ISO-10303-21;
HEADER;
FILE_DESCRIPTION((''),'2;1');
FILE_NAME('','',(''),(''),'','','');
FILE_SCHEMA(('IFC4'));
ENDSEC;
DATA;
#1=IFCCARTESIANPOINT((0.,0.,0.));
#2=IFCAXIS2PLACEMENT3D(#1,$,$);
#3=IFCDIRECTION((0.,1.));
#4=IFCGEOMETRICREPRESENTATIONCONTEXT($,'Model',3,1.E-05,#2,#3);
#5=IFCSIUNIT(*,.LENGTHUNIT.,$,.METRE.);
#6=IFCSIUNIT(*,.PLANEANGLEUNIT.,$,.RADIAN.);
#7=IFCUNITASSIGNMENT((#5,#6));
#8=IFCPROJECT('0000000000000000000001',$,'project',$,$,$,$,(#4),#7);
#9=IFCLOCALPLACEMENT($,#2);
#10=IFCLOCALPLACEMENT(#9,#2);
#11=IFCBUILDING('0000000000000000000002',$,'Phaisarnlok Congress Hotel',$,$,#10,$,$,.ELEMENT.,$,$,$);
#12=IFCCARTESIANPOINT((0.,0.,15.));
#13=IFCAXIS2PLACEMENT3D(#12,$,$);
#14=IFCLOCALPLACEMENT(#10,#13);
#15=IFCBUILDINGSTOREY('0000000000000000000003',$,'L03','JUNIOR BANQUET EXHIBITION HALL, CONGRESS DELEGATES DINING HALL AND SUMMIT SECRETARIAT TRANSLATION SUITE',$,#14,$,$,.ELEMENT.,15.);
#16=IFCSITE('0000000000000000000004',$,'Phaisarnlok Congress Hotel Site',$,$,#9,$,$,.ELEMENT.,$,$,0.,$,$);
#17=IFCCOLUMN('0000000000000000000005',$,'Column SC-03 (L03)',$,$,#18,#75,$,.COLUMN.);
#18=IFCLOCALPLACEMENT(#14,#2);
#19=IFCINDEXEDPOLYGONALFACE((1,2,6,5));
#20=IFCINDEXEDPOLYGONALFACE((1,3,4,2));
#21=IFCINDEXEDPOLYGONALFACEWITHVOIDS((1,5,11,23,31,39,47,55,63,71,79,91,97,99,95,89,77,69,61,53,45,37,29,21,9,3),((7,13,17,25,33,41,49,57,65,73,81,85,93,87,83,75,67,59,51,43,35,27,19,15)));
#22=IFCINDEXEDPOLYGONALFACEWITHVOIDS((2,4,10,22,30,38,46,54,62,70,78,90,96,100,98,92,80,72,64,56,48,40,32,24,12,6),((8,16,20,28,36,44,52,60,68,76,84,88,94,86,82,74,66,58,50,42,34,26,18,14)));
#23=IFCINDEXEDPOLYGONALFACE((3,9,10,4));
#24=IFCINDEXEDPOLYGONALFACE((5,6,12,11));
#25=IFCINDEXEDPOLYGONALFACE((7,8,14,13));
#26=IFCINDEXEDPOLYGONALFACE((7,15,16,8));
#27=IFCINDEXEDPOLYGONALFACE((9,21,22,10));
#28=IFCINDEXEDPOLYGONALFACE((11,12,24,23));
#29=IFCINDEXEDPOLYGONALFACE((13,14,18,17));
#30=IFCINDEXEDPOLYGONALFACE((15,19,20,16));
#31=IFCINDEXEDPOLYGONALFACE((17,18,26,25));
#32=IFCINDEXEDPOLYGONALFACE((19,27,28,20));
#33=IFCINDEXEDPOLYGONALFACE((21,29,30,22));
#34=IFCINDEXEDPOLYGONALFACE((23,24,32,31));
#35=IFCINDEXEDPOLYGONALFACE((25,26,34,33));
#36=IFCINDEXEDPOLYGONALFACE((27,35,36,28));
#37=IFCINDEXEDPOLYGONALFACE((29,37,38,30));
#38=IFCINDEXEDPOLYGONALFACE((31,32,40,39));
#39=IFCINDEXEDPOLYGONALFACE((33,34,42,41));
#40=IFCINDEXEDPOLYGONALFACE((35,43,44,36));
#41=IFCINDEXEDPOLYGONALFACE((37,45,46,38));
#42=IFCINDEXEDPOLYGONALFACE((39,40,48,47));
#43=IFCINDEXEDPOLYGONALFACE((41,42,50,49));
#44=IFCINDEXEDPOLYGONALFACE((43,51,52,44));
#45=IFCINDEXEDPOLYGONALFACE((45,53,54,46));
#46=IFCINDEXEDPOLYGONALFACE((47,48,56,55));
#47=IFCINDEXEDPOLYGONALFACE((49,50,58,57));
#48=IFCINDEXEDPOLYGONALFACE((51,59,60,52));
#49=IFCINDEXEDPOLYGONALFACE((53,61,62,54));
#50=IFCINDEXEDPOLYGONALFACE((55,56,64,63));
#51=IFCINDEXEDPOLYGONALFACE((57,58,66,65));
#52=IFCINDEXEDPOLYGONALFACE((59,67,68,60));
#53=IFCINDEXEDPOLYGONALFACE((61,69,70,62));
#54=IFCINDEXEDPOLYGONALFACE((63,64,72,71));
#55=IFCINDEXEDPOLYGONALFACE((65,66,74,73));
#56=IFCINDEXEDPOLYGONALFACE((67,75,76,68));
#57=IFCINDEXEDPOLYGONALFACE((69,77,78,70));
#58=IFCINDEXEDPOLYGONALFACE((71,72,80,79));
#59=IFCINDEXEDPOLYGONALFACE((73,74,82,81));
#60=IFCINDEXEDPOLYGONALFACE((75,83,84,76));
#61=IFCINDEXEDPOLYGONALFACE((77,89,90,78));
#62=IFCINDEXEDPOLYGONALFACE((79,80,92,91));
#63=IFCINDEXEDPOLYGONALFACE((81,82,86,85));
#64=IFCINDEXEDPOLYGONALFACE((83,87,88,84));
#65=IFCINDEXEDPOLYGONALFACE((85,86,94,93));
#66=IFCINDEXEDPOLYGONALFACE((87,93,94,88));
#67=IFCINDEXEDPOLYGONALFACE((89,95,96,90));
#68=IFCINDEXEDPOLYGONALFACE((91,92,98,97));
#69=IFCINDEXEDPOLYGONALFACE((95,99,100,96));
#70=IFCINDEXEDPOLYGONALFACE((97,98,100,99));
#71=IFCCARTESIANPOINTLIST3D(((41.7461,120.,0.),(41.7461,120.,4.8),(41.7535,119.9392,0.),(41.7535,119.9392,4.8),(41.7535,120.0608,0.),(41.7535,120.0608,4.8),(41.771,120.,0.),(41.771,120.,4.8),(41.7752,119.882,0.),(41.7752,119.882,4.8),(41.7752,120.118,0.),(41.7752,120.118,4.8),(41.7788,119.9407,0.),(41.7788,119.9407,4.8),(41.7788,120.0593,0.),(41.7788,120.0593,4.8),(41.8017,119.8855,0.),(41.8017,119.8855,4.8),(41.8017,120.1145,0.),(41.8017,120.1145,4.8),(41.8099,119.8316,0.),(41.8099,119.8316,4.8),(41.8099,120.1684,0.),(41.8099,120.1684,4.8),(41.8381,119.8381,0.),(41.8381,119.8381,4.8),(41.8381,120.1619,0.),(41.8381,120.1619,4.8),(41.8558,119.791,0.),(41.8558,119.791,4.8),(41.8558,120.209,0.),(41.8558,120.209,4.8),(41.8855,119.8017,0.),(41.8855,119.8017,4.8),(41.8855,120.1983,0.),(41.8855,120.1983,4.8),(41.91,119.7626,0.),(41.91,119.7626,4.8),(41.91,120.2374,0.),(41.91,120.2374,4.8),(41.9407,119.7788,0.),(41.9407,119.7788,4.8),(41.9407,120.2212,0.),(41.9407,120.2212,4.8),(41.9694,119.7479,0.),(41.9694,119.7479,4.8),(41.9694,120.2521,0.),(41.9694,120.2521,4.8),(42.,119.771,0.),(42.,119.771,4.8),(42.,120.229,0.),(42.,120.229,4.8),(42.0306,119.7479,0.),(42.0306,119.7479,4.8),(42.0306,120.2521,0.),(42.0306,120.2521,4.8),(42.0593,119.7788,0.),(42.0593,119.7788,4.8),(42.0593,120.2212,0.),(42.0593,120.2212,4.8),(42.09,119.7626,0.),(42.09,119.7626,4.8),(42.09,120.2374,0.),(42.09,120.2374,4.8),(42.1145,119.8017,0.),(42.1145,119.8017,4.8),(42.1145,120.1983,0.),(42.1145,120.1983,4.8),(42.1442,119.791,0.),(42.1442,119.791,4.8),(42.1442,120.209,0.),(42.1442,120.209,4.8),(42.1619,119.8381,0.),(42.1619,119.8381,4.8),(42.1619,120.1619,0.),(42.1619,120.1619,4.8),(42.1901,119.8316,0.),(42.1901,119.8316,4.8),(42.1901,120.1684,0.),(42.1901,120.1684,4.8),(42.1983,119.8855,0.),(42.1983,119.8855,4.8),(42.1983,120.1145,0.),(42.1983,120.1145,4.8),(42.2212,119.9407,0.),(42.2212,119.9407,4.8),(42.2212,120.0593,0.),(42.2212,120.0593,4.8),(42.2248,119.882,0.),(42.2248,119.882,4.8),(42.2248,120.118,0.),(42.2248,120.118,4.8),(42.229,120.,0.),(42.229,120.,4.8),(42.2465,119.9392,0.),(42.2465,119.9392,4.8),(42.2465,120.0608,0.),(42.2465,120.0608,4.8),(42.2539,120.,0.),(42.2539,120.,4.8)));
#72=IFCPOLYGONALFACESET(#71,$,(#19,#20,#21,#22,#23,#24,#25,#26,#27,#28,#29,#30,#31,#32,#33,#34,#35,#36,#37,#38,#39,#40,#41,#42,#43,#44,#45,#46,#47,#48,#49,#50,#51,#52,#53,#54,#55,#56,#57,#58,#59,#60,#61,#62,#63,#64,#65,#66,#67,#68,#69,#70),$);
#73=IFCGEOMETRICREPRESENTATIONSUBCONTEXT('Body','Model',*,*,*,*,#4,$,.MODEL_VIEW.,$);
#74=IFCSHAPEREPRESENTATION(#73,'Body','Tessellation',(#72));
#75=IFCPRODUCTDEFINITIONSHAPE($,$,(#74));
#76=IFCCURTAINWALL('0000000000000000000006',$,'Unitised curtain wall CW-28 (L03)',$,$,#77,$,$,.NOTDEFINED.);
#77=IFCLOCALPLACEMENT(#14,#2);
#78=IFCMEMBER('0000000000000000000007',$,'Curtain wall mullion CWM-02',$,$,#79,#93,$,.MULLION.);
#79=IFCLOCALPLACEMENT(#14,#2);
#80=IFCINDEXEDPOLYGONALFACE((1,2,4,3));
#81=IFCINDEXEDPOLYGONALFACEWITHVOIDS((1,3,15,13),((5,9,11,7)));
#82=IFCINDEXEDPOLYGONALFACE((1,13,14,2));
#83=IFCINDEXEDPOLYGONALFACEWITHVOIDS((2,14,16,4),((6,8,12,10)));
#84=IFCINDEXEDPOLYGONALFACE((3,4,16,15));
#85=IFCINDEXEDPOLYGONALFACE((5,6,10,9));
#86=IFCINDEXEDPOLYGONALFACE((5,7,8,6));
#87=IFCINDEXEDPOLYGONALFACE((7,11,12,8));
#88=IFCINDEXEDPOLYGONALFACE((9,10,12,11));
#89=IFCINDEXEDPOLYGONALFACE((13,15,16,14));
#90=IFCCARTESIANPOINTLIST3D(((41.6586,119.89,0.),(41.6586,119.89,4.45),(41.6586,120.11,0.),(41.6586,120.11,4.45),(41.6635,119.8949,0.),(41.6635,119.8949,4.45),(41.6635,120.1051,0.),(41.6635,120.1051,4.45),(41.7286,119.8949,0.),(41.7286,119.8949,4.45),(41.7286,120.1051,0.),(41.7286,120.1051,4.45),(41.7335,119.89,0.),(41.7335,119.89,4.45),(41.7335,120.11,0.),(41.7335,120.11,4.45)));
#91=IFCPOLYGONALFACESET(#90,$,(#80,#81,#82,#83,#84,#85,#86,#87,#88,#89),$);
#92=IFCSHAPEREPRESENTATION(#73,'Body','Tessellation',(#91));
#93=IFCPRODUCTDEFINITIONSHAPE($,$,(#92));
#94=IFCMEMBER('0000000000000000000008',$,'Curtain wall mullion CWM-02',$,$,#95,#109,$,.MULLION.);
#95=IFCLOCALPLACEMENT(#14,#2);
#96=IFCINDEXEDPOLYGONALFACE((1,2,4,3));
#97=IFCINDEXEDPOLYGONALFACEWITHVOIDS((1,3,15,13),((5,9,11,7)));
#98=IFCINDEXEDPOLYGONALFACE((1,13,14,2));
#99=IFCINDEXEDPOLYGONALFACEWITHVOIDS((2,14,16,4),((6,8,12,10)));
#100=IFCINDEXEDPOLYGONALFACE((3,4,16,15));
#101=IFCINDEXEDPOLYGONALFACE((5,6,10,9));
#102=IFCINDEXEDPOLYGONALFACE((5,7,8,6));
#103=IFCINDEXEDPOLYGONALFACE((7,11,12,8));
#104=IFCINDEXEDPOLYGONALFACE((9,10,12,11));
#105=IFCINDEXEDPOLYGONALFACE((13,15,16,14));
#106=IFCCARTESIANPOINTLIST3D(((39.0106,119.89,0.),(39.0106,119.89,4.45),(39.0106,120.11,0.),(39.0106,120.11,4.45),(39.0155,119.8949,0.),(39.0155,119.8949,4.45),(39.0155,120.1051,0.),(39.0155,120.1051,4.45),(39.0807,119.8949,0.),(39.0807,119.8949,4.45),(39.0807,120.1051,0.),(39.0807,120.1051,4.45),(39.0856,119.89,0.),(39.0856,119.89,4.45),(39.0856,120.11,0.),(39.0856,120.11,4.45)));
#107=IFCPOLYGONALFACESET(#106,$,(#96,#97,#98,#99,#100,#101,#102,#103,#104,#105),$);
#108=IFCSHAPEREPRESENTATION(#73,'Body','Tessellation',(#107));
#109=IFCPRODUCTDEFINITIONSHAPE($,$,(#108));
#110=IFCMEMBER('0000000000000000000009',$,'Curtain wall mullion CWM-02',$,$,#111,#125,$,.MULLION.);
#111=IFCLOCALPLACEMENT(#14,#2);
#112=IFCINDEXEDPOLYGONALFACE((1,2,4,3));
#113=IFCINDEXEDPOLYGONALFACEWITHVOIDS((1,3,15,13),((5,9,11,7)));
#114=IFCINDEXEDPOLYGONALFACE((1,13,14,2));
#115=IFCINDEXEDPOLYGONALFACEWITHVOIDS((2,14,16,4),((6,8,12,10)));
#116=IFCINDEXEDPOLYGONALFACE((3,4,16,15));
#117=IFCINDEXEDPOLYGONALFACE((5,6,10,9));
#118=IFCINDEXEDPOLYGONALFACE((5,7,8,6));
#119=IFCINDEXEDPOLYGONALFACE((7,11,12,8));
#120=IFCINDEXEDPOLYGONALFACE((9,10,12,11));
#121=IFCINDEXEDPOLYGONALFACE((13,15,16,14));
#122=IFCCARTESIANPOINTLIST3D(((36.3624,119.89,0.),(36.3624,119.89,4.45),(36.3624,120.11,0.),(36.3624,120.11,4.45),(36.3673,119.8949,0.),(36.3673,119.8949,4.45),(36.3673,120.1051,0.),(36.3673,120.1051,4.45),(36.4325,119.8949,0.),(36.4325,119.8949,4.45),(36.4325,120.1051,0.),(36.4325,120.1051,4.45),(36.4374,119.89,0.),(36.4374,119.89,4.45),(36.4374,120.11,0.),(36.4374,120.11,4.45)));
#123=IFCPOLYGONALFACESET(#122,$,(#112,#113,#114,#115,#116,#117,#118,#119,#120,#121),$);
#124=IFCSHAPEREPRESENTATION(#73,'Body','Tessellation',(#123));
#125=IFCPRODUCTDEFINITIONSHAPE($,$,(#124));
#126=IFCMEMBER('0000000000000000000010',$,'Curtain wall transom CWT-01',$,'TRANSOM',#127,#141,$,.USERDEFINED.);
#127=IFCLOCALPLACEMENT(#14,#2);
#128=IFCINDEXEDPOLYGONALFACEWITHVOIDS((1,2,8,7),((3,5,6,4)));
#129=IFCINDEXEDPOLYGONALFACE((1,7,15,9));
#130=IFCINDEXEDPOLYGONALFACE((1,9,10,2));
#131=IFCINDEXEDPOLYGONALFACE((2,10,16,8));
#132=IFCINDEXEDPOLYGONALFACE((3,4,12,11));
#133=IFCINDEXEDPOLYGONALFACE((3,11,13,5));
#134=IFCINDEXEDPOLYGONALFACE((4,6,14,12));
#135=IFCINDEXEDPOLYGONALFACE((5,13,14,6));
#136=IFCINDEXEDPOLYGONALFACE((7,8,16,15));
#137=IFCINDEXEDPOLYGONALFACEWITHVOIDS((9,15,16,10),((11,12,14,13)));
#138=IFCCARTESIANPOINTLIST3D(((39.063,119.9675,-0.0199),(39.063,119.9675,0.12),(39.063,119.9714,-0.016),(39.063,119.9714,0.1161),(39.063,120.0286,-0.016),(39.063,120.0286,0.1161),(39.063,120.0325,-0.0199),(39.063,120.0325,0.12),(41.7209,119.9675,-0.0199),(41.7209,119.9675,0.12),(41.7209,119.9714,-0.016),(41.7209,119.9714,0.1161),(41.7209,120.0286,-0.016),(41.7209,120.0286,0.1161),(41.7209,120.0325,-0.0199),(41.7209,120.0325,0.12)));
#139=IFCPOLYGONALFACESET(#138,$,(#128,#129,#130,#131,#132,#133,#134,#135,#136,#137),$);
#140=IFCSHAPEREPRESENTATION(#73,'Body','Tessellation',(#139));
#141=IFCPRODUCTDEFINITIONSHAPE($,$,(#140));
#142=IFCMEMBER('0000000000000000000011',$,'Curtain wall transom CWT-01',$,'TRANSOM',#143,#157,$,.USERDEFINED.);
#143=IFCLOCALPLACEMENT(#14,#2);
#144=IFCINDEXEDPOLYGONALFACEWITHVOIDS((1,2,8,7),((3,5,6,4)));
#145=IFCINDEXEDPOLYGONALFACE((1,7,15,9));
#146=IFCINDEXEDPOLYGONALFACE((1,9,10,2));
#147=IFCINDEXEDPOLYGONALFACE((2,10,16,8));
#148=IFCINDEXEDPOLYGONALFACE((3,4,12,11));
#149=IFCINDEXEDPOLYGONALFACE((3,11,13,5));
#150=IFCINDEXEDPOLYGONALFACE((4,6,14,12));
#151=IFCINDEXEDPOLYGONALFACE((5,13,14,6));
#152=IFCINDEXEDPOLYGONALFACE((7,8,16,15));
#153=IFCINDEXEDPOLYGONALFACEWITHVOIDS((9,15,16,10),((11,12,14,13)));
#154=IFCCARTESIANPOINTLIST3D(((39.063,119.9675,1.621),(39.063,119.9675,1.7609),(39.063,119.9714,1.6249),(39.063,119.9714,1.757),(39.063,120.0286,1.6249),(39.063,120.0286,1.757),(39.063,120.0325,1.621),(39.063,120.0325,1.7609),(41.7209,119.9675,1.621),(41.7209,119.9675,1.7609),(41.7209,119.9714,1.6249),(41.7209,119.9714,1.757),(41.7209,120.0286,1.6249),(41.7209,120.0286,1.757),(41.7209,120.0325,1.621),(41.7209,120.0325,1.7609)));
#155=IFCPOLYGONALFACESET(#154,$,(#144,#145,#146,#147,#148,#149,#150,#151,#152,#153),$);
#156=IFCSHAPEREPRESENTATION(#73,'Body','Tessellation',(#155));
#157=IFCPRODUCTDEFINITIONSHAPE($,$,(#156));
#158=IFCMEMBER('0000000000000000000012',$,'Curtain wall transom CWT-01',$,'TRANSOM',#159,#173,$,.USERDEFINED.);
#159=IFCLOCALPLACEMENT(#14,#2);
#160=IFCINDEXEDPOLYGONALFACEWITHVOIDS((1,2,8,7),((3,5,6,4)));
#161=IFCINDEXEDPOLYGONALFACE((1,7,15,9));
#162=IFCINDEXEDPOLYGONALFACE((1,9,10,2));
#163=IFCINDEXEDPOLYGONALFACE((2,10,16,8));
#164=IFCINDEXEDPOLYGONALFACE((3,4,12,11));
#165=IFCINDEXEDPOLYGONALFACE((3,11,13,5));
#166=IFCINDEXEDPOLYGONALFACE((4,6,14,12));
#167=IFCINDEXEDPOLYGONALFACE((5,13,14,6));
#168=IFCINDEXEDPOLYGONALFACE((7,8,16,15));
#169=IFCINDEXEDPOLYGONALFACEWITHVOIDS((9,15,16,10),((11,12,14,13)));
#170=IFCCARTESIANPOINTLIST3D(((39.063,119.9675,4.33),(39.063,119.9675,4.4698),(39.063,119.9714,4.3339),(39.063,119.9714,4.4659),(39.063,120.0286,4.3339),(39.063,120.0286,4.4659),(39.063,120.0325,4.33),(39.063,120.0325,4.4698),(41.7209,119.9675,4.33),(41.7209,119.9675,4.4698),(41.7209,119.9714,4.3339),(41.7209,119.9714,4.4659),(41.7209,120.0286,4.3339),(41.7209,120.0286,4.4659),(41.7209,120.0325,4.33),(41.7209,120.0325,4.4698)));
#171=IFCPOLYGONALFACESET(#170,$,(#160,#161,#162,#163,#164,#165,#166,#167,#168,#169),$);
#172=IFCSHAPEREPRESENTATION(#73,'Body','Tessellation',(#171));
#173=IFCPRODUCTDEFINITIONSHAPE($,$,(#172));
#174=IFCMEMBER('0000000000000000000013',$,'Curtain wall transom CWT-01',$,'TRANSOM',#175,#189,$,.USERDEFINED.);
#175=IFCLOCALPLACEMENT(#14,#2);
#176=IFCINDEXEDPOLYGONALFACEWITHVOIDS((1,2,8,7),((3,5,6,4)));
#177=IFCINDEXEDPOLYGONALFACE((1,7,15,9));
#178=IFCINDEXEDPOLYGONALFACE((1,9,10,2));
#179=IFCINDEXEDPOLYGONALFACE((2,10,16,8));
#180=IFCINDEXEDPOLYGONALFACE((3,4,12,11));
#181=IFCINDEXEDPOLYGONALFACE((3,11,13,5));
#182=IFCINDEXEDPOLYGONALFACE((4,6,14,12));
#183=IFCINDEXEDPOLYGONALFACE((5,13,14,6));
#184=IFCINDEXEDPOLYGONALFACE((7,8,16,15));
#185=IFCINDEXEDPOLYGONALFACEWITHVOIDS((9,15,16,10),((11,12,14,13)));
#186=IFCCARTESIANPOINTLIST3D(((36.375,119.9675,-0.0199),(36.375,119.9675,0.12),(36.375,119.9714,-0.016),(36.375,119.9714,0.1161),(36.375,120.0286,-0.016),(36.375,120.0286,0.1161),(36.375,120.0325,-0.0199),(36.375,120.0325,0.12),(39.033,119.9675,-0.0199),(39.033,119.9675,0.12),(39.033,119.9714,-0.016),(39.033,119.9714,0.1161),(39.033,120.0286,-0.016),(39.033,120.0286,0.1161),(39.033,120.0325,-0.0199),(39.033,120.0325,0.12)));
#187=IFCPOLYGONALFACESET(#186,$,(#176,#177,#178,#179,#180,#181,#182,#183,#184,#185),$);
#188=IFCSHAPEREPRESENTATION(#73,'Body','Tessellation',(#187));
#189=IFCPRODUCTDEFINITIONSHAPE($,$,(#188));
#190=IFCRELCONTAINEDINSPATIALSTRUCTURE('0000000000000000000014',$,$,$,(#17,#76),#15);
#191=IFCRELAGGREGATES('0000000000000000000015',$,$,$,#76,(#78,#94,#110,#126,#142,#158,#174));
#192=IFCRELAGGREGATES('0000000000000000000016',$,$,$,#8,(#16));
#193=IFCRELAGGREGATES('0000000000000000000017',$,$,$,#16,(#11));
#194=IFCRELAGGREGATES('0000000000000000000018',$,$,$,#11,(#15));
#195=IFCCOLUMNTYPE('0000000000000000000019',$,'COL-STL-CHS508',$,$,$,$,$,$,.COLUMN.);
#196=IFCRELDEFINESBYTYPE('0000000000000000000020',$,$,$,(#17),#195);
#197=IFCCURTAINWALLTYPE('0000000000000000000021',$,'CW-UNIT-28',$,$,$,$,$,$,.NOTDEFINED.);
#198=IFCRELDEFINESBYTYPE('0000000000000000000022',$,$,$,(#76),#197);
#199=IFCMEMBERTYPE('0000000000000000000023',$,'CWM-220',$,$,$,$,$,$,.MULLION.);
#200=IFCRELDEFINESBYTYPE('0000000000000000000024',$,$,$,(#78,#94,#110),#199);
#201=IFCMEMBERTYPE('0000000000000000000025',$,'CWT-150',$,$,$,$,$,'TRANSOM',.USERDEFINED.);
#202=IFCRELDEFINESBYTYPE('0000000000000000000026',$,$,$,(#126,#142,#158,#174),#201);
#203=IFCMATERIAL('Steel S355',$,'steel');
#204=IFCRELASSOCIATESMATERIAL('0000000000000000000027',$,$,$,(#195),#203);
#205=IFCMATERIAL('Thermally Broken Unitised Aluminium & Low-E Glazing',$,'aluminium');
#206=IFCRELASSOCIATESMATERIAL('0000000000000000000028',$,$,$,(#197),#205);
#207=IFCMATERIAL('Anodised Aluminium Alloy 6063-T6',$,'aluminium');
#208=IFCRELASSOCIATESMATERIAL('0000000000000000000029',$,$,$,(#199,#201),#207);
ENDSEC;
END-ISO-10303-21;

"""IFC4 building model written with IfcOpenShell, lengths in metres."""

from ifc_helpers import new_model, si_unit, direction, frame, origin, origin_2d, place, context, subcontext, project, spatial, hollow_rectangle, hollow_circle, extrude, material, material_profile, profile_set, type_object, element, aggregate, save


model = new_model("IFC4")

# Units and contexts
model_context = context("Model", 3, precision=1e-05, world=origin(), true_north=direction((0.0, 1.0)))
body_context = subcontext(model_context, "Body", "Model", "MODEL_VIEW")
ifc_project = project(units=[si_unit("LENGTHUNIT", "METRE"), si_unit("PLANEANGLEUNIT", "RADIAN")], contexts=[model_context])

# Site, building, storey
site_placement = place(None, origin())
site = spatial("IfcSite", under=ifc_project, at=site_placement, Name="Phaisarnlok Congress Hotel Site", CompositionType="ELEMENT", RefElevation=0.0)
building_placement = place(site_placement, origin())
building = spatial("IfcBuilding", under=site, at=building_placement, Name="Phaisarnlok Congress Hotel", CompositionType="ELEMENT")
storey_placement = place(building_placement, frame((0.0, 0.0, 15.0)))
storey = spatial("IfcBuildingStorey", under=building, at=storey_placement, Name="L03", Description="JUNIOR BANQUET EXHIBITION HALL, CONGRESS DELEGATES DINING HALL AND SUMMIT SECRETARIAT TRANSLATION SUITE", CompositionType="ELEMENT", Elevation=15.0)

# Column
ifc_material_1 = material(Name="Steel S355", Category="steel")
ifc_material_profile_1 = material_profile(ifc_material_1, hollow_circle(Radius=0.2539, WallThickness=0.0249, at=origin_2d()), Name="CHS 508x25")
ifc_profile_set_1 = profile_set([ifc_material_profile_1], Name="Steel S355")
column_type = type_object("IfcColumnType", Name="COL-STL-CHS508", PredefinedType="COLUMN", material=ifc_profile_set_1)
column_placement = place(storey_placement, frame((42.0, 120.0, 0.0), z_axis=(0.0, 0.0, 1.0), x_axis=(1.0, 0.0, 0.0)))
element("IfcColumn", 1, at=column_placement, inside=storey, type_object=column_type, Name="Column SC-03 (L03)", PredefinedType="COLUMN", context=body_context, shape_type="SweptSolid", body=[
    extrude(hollow_circle(Radius=0.2539, WallThickness=0.0249, at=origin_2d()), origin(), (0.0, 0.0, 1.0), 4.8),
])

# Curtain wall, members
ifc_material_2 = material(Name="Thermally Broken Unitised Aluminium & Low-E Glazing", Category="aluminium")
curtain_wall_type = type_object("IfcCurtainWallType", Name="CW-UNIT-28", PredefinedType="NOTDEFINED", material=ifc_material_2)
curtain_wall_placement = place(storey_placement, origin())
curtain_wall = element("IfcCurtainWall", 2, at=curtain_wall_placement, inside=storey, type_object=curtain_wall_type, Name="Unitised curtain wall CW-28 (L03)", PredefinedType="NOTDEFINED")
ifc_material_3 = material(Name="Anodised Aluminium Alloy 6063-T6", Category="aluminium")
ifc_material_profile_2 = material_profile(ifc_material_3, hollow_rectangle(XDim=0.075, YDim=0.22, WallThickness=0.0049, at=origin_2d()), Name="ALU-M 75x220x5")
ifc_profile_set_2 = profile_set([ifc_material_profile_2], Name="Anodised Aluminium Alloy 6063-T6")
member_type_1 = type_object("IfcMemberType", Name="CWM-220", PredefinedType="MULLION", material=ifc_profile_set_2)
member_1_placement = place(storey_placement, frame((41.696, 120.0, 0.0), z_axis=(0.0, 0.0, 1.0), x_axis=(-1.0, 0.0, 0.0)))
member_1 = element("IfcMember", 3, at=member_1_placement, type_object=member_type_1, Name="Curtain wall mullion CWM-02", PredefinedType="MULLION", context=body_context, shape_type="SweptSolid", body=[
    extrude(hollow_rectangle(XDim=0.075, YDim=0.22, WallThickness=0.0049, at=origin_2d()), origin(), (0.0, 0.0, 1.0), 4.45),
])
member_2_placement = place(storey_placement, frame((39.0481, 120.0, 0.0), z_axis=(0.0, 0.0, 1.0), x_axis=(-1.0, 0.0, 0.0)))
member_2 = element("IfcMember", 4, at=member_2_placement, type_object=member_type_1, Name="Curtain wall mullion CWM-02", PredefinedType="MULLION", context=body_context, shape_type="SweptSolid", body=[
    extrude(hollow_rectangle(XDim=0.075, YDim=0.22, WallThickness=0.0049, at=origin_2d()), origin(), (0.0, 0.0, 1.0), 4.45),
])
member_3_placement = place(storey_placement, frame((36.3999, 120.0, 0.0), z_axis=(0.0, 0.0, 1.0), x_axis=(-1.0, 0.0, 0.0)))
member_3 = element("IfcMember", 5, at=member_3_placement, type_object=member_type_1, Name="Curtain wall mullion CWM-02", PredefinedType="MULLION", context=body_context, shape_type="SweptSolid", body=[
    extrude(hollow_rectangle(XDim=0.075, YDim=0.22, WallThickness=0.0049, at=origin_2d()), origin(), (0.0, 0.0, 1.0), 4.45),
])
ifc_material_profile_3 = material_profile(ifc_material_3, hollow_rectangle(XDim=0.0649, YDim=0.1399, WallThickness=0.0039, at=origin_2d()), Name="ALU-T 65x140x4")
ifc_profile_set_3 = profile_set([ifc_material_profile_3], Name="Anodised Aluminium Alloy 6063-T6")
member_type_2 = type_object("IfcMemberType", Name="CWT-150", ElementType="TRANSOM", PredefinedType="USERDEFINED", material=ifc_profile_set_3)
member_4_placement = place(storey_placement, frame((41.7209, 120.0, 0.05), z_axis=(-1.0, 0.0, 0.0), x_axis=(0.0, -1.0, 0.0)))
member_4 = element("IfcMember", 6, at=member_4_placement, type_object=member_type_2, Name="Curtain wall transom CWT-01", ObjectType="TRANSOM", PredefinedType="USERDEFINED", context=body_context, shape_type="SweptSolid", body=[
    extrude(hollow_rectangle(XDim=0.0649, YDim=0.1399, WallThickness=0.0039, at=origin_2d()), origin(), (0.0, 0.0, 1.0), 2.658),
])
member_5_placement = place(storey_placement, frame((41.7209, 120.0, 1.6909), z_axis=(-1.0, 0.0, 0.0), x_axis=(0.0, -1.0, 0.0)))
member_5 = element("IfcMember", 7, at=member_5_placement, type_object=member_type_2, Name="Curtain wall transom CWT-01", ObjectType="TRANSOM", PredefinedType="USERDEFINED", context=body_context, shape_type="SweptSolid", body=[
    extrude(hollow_rectangle(XDim=0.0649, YDim=0.1399, WallThickness=0.0039, at=origin_2d()), origin(), (0.0, 0.0, 1.0), 2.658),
])
member_6_placement = place(storey_placement, frame((41.7209, 120.0, 4.3999), z_axis=(-1.0, 0.0, 0.0), x_axis=(0.0, -1.0, 0.0)))
member_6 = element("IfcMember", 8, at=member_6_placement, type_object=member_type_2, Name="Curtain wall transom CWT-01", ObjectType="TRANSOM", PredefinedType="USERDEFINED", context=body_context, shape_type="SweptSolid", body=[
    extrude(hollow_rectangle(XDim=0.0649, YDim=0.1399, WallThickness=0.0039, at=origin_2d()), origin(), (0.0, 0.0, 1.0), 2.658),
])
member_7_placement = place(storey_placement, frame((39.033, 120.0, 0.05), z_axis=(-1.0, 0.0, 0.0), x_axis=(0.0, -1.0, 0.0)))
member_7 = element("IfcMember", 9, at=member_7_placement, type_object=member_type_2, Name="Curtain wall transom CWT-01", ObjectType="TRANSOM", PredefinedType="USERDEFINED", context=body_context, shape_type="SweptSolid", body=[
    extrude(hollow_rectangle(XDim=0.0649, YDim=0.1399, WallThickness=0.0039, at=origin_2d()), origin(), (0.0, 0.0, 1.0), 2.658),
])

aggregate(curtain_wall, [member_1, member_2, member_3, member_4, member_5, member_6, member_7])

save(model, "model.ifc")
